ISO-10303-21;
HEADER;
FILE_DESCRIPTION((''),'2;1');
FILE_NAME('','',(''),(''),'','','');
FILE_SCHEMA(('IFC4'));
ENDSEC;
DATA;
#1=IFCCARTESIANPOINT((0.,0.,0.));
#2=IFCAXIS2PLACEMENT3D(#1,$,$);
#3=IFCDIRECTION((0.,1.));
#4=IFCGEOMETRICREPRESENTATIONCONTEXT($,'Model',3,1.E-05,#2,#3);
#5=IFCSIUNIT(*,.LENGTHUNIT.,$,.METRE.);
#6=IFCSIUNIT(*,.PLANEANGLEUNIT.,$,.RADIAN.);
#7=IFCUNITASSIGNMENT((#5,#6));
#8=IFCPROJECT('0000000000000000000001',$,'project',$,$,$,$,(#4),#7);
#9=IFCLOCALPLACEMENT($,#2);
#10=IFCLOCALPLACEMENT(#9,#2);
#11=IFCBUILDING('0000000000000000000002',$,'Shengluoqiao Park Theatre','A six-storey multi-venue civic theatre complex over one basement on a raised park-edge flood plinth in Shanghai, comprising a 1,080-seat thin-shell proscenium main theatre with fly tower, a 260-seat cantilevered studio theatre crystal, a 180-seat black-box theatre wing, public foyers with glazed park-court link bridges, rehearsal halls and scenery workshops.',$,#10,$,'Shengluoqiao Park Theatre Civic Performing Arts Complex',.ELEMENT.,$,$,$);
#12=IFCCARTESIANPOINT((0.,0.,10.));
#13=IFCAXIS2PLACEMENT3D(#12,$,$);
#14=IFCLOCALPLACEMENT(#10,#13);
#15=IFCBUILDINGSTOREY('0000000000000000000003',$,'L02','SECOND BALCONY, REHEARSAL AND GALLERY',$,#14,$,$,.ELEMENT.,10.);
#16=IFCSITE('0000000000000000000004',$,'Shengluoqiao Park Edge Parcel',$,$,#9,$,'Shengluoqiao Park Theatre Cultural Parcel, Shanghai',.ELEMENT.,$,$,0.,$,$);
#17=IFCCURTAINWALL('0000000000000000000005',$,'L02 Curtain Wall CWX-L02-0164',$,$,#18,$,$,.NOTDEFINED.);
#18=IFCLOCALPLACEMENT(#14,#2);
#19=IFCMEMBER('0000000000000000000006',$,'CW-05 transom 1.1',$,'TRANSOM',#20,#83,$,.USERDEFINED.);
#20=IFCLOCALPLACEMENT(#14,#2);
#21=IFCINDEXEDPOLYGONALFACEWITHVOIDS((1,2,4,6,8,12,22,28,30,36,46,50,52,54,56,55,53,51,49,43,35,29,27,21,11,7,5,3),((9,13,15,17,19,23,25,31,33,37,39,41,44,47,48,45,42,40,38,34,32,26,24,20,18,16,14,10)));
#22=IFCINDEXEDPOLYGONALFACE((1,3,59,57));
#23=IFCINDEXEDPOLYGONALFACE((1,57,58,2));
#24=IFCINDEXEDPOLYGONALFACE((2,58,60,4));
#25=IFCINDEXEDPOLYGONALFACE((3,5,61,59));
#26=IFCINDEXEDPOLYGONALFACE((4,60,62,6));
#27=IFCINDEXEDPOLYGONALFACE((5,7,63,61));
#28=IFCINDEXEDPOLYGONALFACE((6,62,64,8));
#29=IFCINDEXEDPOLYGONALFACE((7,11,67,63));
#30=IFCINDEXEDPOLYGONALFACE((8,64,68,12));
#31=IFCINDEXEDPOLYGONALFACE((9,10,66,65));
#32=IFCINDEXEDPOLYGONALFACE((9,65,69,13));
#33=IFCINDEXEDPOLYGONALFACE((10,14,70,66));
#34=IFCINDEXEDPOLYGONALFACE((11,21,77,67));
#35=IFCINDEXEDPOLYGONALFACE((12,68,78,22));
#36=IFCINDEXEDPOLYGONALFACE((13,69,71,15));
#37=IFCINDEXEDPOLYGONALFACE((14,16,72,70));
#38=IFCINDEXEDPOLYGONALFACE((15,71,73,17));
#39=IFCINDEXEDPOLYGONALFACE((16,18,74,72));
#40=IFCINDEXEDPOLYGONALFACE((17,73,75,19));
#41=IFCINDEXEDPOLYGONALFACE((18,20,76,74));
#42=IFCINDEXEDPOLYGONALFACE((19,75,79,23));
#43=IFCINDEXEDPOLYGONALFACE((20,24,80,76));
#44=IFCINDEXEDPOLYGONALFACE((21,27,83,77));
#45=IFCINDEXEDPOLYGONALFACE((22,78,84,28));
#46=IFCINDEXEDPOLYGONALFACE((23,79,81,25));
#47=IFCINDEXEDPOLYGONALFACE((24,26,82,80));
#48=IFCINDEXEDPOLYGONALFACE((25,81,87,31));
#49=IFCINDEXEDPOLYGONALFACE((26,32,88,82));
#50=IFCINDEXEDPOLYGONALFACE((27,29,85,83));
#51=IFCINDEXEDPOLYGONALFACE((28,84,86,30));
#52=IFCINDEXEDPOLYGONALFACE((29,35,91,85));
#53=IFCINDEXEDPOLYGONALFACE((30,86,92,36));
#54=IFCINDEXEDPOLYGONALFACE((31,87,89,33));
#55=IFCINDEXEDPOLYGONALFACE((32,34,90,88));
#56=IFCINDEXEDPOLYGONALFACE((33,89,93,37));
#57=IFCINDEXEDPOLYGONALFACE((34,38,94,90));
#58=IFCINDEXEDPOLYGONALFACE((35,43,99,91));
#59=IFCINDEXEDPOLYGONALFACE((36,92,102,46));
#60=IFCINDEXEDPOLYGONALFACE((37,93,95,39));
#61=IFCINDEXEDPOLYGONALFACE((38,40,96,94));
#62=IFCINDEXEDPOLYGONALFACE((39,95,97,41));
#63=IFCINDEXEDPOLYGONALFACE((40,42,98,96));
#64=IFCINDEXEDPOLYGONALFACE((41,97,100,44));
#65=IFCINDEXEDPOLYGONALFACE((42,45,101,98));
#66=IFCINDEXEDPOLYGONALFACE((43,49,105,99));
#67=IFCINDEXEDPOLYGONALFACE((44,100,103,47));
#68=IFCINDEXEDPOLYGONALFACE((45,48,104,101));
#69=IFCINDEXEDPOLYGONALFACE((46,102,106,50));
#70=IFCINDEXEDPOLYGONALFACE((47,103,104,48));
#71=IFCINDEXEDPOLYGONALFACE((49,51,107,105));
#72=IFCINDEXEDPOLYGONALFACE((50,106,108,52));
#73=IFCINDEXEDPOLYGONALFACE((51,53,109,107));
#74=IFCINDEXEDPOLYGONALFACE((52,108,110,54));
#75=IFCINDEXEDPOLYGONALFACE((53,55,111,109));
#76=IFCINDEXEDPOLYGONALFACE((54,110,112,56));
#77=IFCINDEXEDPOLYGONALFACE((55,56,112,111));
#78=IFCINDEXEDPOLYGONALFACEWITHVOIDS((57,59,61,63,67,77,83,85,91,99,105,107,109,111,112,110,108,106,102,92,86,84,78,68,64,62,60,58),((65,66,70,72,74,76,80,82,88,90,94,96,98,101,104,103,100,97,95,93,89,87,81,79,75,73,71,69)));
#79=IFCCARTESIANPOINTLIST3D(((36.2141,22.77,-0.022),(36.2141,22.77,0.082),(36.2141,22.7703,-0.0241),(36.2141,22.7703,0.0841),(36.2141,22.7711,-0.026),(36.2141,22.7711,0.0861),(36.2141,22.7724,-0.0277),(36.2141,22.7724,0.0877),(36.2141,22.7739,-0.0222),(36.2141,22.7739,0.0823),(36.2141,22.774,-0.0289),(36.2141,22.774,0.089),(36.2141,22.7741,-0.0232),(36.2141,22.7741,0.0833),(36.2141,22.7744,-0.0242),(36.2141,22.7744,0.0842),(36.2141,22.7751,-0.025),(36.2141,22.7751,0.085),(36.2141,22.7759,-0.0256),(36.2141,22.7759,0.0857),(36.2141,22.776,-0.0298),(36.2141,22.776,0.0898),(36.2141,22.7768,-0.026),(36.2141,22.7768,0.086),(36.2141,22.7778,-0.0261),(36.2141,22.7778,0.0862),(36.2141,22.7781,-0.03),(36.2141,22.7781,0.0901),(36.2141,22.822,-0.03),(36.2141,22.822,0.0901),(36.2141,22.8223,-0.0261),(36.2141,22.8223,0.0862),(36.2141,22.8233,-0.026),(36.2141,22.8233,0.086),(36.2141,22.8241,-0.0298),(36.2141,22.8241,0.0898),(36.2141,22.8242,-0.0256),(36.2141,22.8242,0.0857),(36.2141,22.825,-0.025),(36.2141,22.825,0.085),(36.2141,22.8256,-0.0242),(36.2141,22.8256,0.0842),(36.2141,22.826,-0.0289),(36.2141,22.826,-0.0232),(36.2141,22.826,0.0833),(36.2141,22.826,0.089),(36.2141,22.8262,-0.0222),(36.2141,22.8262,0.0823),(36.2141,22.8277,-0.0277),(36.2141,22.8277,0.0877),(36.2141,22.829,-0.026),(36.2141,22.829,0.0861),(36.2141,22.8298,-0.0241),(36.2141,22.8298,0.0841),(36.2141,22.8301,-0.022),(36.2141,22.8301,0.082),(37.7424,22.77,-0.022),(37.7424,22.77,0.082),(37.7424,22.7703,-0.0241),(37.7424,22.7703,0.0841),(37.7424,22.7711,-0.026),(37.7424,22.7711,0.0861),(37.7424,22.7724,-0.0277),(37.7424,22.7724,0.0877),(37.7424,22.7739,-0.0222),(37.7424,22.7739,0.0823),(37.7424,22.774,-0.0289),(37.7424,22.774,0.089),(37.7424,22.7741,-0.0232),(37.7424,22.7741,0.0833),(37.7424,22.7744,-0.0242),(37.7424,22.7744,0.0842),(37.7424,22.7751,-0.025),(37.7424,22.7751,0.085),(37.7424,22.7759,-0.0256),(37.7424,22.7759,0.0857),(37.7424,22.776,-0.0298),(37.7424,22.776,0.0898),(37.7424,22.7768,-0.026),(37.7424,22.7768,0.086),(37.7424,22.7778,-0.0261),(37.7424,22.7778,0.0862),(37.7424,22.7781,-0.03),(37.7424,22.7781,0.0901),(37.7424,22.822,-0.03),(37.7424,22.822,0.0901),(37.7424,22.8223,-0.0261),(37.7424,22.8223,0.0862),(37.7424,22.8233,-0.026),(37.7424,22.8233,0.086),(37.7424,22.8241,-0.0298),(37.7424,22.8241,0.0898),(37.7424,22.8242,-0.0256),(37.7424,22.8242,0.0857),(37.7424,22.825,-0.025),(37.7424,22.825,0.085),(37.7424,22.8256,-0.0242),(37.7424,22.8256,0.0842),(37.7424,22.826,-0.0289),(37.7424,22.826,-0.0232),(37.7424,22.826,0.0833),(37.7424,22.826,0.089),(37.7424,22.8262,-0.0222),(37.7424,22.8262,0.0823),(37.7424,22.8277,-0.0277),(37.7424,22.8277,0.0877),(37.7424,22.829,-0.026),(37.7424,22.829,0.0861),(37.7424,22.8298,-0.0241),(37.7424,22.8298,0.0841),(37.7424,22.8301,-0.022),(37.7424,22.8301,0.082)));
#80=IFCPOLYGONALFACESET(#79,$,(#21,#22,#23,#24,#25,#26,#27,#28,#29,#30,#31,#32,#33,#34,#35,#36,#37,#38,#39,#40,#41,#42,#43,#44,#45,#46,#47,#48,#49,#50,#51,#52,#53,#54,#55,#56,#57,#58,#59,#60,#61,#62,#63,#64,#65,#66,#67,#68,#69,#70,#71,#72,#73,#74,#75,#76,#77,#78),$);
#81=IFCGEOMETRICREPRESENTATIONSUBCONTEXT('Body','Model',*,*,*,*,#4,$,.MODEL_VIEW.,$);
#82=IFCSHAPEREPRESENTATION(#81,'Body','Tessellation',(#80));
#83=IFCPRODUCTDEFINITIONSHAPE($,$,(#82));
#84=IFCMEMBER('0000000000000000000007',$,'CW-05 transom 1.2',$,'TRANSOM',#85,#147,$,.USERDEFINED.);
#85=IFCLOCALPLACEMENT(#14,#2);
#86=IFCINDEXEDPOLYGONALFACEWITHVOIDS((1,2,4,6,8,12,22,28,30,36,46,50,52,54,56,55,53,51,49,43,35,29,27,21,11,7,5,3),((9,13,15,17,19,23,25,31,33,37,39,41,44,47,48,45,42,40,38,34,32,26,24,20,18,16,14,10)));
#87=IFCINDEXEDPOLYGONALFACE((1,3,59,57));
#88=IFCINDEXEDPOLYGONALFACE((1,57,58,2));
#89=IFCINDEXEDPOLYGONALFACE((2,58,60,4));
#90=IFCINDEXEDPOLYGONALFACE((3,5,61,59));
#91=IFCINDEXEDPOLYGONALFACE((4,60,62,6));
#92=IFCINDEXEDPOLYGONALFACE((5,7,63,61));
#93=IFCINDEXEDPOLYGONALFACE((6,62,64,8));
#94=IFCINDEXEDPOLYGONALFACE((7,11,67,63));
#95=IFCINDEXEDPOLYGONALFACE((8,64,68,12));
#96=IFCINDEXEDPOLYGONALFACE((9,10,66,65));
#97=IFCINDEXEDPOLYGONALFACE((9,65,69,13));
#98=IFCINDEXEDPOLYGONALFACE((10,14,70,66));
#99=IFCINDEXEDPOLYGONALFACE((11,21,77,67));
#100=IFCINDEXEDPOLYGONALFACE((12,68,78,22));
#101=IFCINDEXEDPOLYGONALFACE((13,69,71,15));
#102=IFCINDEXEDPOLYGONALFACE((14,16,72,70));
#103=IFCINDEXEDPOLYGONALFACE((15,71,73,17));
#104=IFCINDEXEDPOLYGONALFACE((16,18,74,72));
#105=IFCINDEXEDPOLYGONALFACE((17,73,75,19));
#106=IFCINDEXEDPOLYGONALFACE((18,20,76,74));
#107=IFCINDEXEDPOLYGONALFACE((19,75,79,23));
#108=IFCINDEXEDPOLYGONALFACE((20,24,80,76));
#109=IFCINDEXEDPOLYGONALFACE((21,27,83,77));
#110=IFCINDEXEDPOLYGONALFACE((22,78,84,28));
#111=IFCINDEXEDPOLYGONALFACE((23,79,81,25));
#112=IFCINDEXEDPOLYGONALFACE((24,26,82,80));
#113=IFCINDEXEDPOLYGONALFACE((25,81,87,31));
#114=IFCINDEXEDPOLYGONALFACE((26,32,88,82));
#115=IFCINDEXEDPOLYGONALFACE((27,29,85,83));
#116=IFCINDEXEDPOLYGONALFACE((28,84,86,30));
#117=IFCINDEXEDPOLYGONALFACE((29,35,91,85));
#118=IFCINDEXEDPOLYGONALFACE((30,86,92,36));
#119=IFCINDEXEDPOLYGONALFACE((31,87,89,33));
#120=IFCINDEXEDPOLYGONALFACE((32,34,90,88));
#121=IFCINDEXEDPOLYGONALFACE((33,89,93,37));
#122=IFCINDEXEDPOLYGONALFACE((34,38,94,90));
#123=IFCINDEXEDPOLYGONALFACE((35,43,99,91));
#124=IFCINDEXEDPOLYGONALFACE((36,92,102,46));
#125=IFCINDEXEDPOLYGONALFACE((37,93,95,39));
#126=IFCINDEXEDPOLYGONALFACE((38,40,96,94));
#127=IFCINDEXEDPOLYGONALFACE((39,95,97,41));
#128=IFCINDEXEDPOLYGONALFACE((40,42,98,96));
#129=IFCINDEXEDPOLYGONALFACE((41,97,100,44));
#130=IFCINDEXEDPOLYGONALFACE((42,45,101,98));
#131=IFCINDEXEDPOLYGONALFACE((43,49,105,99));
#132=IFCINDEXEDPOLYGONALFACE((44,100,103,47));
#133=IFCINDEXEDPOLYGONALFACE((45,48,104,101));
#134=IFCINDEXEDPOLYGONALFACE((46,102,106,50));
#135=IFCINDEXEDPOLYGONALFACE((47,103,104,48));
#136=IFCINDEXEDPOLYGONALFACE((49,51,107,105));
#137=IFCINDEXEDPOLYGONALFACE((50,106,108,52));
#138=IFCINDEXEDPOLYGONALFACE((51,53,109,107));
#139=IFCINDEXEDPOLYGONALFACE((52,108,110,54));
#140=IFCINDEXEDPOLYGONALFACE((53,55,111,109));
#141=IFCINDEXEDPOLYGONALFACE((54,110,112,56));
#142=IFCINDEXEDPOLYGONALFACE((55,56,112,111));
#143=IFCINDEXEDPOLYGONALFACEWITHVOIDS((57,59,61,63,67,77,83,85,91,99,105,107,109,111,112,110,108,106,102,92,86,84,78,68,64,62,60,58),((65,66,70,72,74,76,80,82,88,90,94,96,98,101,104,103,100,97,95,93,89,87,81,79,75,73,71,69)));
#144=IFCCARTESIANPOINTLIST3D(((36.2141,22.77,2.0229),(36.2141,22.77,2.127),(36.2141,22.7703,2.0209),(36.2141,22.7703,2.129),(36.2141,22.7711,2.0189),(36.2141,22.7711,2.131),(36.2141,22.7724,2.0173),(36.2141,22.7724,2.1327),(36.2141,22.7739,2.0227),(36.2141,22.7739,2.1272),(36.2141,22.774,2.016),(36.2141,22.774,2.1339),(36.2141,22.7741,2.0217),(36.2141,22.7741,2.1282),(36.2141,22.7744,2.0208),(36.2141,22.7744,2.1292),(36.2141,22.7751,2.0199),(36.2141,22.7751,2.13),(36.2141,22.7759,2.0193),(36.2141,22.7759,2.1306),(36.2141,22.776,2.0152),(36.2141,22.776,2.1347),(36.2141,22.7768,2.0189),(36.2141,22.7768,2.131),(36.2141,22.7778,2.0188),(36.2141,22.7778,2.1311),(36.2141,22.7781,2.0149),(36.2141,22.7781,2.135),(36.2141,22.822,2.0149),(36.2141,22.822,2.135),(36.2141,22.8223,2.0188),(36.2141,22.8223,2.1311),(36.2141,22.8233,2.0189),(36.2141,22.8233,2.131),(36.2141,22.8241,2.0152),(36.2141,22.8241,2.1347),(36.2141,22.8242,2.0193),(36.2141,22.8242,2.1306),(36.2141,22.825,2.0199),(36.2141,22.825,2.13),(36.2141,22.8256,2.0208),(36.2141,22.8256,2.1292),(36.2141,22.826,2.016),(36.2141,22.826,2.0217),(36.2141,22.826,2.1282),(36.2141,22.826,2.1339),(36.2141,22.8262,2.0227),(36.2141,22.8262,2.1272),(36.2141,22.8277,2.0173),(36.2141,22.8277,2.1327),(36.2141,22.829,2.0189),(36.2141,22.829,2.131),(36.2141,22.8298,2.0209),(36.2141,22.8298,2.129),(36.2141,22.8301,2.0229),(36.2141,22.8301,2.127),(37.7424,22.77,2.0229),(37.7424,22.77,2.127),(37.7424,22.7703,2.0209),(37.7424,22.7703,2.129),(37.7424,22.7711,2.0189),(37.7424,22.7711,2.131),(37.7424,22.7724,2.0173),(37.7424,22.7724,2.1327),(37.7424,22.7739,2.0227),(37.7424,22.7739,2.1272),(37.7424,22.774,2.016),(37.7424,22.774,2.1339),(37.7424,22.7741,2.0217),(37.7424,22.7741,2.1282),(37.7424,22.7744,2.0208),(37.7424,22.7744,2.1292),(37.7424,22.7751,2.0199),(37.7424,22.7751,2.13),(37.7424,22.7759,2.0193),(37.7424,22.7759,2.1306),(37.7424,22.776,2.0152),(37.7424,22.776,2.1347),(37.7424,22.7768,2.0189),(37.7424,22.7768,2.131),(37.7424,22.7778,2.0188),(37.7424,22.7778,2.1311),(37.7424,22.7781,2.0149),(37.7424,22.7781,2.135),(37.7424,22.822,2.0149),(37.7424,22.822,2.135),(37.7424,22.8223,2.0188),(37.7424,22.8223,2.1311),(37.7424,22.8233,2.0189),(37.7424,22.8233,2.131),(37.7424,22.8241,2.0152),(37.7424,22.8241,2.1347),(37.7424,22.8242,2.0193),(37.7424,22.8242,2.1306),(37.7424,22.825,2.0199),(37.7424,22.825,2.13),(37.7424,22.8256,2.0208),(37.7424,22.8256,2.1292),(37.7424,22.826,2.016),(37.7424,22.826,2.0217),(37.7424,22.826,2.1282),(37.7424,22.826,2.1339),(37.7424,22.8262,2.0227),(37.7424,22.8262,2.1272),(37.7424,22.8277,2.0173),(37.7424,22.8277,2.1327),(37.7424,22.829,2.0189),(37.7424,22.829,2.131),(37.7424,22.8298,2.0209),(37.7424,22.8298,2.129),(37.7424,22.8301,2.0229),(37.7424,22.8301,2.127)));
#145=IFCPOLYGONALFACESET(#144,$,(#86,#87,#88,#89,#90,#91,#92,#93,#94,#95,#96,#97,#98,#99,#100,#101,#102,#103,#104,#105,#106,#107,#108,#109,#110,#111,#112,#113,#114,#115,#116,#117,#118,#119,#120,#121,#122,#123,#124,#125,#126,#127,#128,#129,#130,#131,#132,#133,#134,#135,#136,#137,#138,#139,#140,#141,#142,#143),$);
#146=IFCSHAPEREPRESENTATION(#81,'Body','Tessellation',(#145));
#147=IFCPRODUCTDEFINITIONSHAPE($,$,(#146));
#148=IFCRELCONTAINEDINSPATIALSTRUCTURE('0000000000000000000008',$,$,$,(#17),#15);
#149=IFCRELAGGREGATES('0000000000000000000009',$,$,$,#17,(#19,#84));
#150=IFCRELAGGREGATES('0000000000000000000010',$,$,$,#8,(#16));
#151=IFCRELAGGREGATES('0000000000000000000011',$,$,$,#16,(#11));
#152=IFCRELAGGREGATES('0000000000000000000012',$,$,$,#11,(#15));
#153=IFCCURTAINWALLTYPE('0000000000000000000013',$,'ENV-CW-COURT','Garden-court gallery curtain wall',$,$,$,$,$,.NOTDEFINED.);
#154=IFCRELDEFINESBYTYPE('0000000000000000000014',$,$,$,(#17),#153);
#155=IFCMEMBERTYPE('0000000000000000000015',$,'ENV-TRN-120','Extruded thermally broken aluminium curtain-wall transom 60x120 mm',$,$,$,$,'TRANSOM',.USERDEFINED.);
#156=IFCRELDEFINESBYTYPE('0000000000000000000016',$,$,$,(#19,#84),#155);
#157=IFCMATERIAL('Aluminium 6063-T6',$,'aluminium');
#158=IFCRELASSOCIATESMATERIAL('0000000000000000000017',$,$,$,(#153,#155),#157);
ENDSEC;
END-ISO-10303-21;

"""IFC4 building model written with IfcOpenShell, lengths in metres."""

from ifc_helpers import new_model, si_unit, direction, frame, origin, origin_2d, place, context, subcontext, project, spatial, hollow_rectangle, extrude, material, material_profile, profile_set, type_object, element, aggregate, save


model = new_model("IFC4")

# Units and contexts
model_context = context("Model", 3, precision=1e-05, world=origin(), true_north=direction((0.0, 1.0)))
body_context = subcontext(model_context, "Body", "Model", "MODEL_VIEW")
ifc_project = project(units=[si_unit("LENGTHUNIT", "METRE"), si_unit("PLANEANGLEUNIT", "RADIAN")], contexts=[model_context])

# Site, building, storey
site_placement = place(None, origin())
site = spatial("IfcSite", under=ifc_project, at=site_placement, Name="Shengluoqiao Park Edge Parcel", LongName="Shengluoqiao Park Theatre Cultural Parcel, Shanghai", CompositionType="ELEMENT", RefElevation=0.0)
building_placement = place(site_placement, origin())
building = spatial("IfcBuilding", under=site, at=building_placement, Name="Shengluoqiao Park Theatre", Description="A six-storey multi-venue civic theatre complex over one basement on a raised park-edge flood plinth in Shanghai, comprising a 1,080-seat thin-shell proscenium main theatre with fly tower, a 260-seat cantilevered studio theatre crystal, a 180-seat black-box theatre wing, public foyers with glazed park-court link bridges, rehearsal halls and scenery workshops.", LongName="Shengluoqiao Park Theatre Civic Performing Arts Complex", CompositionType="ELEMENT")
storey_placement = place(building_placement, frame((0.0, 0.0, 10.0)))
storey = spatial("IfcBuildingStorey", under=building, at=storey_placement, Name="L02", Description="SECOND BALCONY, REHEARSAL AND GALLERY", CompositionType="ELEMENT", Elevation=10.0)

# Curtain wall, members
ifc_material_1 = material(Name="Aluminium 6063-T6", Category="aluminium")
curtain_wall_type = type_object("IfcCurtainWallType", Name="ENV-CW-COURT", Description="Garden-court gallery curtain wall", PredefinedType="NOTDEFINED", material=ifc_material_1)
curtain_wall_placement = place(storey_placement, origin())
curtain_wall = element("IfcCurtainWall", 1, at=curtain_wall_placement, inside=storey, type_object=curtain_wall_type, Name="L02 Curtain Wall CWX-L02-0164", PredefinedType="NOTDEFINED")
ifc_material_profile_1 = material_profile(ifc_material_1, hollow_rectangle(XDim=0.0601, YDim=0.1201, WallThickness=0.0039, InnerFilletRadius=0.0039, OuterFilletRadius=0.0081, at=origin_2d()), Name="ALU TRANSOM 120x60x4")
ifc_profile_set_1 = profile_set([ifc_material_profile_1], Name="Aluminium 6063-T6")
member_type_1 = type_object("IfcMemberType", Name="ENV-TRN-120", Description="Extruded thermally broken aluminium curtain-wall transom 60x120 mm", ElementType="TRANSOM", PredefinedType="USERDEFINED", material=ifc_profile_set_1)
member_1_placement = place(storey_placement, frame((36.2141, 22.8, 0.03), z_axis=(1.0, 0.0, 0.0), x_axis=(0.0, 1.0, 0.0)))
member_1 = element("IfcMember", 2, at=member_1_placement, type_object=member_type_1, Name="CW-05 transom 1.1", ObjectType="TRANSOM", PredefinedType="USERDEFINED", context=body_context, shape_type="SweptSolid", body=[
    extrude(hollow_rectangle(XDim=0.0601, YDim=0.1201, WallThickness=0.0039, InnerFilletRadius=0.0039, OuterFilletRadius=0.0081, at=origin_2d()), origin(), (0.0, 0.0, 1.0), 1.5283),
])
member_2_placement = place(storey_placement, frame((36.2141, 22.8, 2.075), z_axis=(1.0, 0.0, 0.0), x_axis=(0.0, 1.0, 0.0)))
member_2 = element("IfcMember", 3, at=member_2_placement, type_object=member_type_1, Name="CW-05 transom 1.2", ObjectType="TRANSOM", PredefinedType="USERDEFINED", context=body_context, shape_type="SweptSolid", body=[
    extrude(hollow_rectangle(XDim=0.0601, YDim=0.1201, WallThickness=0.0039, InnerFilletRadius=0.0039, OuterFilletRadius=0.0081, at=origin_2d()), origin(), (0.0, 0.0, 1.0), 1.5283),
])

aggregate(curtain_wall, [member_1, member_2])

save(model, "model.ifc")
